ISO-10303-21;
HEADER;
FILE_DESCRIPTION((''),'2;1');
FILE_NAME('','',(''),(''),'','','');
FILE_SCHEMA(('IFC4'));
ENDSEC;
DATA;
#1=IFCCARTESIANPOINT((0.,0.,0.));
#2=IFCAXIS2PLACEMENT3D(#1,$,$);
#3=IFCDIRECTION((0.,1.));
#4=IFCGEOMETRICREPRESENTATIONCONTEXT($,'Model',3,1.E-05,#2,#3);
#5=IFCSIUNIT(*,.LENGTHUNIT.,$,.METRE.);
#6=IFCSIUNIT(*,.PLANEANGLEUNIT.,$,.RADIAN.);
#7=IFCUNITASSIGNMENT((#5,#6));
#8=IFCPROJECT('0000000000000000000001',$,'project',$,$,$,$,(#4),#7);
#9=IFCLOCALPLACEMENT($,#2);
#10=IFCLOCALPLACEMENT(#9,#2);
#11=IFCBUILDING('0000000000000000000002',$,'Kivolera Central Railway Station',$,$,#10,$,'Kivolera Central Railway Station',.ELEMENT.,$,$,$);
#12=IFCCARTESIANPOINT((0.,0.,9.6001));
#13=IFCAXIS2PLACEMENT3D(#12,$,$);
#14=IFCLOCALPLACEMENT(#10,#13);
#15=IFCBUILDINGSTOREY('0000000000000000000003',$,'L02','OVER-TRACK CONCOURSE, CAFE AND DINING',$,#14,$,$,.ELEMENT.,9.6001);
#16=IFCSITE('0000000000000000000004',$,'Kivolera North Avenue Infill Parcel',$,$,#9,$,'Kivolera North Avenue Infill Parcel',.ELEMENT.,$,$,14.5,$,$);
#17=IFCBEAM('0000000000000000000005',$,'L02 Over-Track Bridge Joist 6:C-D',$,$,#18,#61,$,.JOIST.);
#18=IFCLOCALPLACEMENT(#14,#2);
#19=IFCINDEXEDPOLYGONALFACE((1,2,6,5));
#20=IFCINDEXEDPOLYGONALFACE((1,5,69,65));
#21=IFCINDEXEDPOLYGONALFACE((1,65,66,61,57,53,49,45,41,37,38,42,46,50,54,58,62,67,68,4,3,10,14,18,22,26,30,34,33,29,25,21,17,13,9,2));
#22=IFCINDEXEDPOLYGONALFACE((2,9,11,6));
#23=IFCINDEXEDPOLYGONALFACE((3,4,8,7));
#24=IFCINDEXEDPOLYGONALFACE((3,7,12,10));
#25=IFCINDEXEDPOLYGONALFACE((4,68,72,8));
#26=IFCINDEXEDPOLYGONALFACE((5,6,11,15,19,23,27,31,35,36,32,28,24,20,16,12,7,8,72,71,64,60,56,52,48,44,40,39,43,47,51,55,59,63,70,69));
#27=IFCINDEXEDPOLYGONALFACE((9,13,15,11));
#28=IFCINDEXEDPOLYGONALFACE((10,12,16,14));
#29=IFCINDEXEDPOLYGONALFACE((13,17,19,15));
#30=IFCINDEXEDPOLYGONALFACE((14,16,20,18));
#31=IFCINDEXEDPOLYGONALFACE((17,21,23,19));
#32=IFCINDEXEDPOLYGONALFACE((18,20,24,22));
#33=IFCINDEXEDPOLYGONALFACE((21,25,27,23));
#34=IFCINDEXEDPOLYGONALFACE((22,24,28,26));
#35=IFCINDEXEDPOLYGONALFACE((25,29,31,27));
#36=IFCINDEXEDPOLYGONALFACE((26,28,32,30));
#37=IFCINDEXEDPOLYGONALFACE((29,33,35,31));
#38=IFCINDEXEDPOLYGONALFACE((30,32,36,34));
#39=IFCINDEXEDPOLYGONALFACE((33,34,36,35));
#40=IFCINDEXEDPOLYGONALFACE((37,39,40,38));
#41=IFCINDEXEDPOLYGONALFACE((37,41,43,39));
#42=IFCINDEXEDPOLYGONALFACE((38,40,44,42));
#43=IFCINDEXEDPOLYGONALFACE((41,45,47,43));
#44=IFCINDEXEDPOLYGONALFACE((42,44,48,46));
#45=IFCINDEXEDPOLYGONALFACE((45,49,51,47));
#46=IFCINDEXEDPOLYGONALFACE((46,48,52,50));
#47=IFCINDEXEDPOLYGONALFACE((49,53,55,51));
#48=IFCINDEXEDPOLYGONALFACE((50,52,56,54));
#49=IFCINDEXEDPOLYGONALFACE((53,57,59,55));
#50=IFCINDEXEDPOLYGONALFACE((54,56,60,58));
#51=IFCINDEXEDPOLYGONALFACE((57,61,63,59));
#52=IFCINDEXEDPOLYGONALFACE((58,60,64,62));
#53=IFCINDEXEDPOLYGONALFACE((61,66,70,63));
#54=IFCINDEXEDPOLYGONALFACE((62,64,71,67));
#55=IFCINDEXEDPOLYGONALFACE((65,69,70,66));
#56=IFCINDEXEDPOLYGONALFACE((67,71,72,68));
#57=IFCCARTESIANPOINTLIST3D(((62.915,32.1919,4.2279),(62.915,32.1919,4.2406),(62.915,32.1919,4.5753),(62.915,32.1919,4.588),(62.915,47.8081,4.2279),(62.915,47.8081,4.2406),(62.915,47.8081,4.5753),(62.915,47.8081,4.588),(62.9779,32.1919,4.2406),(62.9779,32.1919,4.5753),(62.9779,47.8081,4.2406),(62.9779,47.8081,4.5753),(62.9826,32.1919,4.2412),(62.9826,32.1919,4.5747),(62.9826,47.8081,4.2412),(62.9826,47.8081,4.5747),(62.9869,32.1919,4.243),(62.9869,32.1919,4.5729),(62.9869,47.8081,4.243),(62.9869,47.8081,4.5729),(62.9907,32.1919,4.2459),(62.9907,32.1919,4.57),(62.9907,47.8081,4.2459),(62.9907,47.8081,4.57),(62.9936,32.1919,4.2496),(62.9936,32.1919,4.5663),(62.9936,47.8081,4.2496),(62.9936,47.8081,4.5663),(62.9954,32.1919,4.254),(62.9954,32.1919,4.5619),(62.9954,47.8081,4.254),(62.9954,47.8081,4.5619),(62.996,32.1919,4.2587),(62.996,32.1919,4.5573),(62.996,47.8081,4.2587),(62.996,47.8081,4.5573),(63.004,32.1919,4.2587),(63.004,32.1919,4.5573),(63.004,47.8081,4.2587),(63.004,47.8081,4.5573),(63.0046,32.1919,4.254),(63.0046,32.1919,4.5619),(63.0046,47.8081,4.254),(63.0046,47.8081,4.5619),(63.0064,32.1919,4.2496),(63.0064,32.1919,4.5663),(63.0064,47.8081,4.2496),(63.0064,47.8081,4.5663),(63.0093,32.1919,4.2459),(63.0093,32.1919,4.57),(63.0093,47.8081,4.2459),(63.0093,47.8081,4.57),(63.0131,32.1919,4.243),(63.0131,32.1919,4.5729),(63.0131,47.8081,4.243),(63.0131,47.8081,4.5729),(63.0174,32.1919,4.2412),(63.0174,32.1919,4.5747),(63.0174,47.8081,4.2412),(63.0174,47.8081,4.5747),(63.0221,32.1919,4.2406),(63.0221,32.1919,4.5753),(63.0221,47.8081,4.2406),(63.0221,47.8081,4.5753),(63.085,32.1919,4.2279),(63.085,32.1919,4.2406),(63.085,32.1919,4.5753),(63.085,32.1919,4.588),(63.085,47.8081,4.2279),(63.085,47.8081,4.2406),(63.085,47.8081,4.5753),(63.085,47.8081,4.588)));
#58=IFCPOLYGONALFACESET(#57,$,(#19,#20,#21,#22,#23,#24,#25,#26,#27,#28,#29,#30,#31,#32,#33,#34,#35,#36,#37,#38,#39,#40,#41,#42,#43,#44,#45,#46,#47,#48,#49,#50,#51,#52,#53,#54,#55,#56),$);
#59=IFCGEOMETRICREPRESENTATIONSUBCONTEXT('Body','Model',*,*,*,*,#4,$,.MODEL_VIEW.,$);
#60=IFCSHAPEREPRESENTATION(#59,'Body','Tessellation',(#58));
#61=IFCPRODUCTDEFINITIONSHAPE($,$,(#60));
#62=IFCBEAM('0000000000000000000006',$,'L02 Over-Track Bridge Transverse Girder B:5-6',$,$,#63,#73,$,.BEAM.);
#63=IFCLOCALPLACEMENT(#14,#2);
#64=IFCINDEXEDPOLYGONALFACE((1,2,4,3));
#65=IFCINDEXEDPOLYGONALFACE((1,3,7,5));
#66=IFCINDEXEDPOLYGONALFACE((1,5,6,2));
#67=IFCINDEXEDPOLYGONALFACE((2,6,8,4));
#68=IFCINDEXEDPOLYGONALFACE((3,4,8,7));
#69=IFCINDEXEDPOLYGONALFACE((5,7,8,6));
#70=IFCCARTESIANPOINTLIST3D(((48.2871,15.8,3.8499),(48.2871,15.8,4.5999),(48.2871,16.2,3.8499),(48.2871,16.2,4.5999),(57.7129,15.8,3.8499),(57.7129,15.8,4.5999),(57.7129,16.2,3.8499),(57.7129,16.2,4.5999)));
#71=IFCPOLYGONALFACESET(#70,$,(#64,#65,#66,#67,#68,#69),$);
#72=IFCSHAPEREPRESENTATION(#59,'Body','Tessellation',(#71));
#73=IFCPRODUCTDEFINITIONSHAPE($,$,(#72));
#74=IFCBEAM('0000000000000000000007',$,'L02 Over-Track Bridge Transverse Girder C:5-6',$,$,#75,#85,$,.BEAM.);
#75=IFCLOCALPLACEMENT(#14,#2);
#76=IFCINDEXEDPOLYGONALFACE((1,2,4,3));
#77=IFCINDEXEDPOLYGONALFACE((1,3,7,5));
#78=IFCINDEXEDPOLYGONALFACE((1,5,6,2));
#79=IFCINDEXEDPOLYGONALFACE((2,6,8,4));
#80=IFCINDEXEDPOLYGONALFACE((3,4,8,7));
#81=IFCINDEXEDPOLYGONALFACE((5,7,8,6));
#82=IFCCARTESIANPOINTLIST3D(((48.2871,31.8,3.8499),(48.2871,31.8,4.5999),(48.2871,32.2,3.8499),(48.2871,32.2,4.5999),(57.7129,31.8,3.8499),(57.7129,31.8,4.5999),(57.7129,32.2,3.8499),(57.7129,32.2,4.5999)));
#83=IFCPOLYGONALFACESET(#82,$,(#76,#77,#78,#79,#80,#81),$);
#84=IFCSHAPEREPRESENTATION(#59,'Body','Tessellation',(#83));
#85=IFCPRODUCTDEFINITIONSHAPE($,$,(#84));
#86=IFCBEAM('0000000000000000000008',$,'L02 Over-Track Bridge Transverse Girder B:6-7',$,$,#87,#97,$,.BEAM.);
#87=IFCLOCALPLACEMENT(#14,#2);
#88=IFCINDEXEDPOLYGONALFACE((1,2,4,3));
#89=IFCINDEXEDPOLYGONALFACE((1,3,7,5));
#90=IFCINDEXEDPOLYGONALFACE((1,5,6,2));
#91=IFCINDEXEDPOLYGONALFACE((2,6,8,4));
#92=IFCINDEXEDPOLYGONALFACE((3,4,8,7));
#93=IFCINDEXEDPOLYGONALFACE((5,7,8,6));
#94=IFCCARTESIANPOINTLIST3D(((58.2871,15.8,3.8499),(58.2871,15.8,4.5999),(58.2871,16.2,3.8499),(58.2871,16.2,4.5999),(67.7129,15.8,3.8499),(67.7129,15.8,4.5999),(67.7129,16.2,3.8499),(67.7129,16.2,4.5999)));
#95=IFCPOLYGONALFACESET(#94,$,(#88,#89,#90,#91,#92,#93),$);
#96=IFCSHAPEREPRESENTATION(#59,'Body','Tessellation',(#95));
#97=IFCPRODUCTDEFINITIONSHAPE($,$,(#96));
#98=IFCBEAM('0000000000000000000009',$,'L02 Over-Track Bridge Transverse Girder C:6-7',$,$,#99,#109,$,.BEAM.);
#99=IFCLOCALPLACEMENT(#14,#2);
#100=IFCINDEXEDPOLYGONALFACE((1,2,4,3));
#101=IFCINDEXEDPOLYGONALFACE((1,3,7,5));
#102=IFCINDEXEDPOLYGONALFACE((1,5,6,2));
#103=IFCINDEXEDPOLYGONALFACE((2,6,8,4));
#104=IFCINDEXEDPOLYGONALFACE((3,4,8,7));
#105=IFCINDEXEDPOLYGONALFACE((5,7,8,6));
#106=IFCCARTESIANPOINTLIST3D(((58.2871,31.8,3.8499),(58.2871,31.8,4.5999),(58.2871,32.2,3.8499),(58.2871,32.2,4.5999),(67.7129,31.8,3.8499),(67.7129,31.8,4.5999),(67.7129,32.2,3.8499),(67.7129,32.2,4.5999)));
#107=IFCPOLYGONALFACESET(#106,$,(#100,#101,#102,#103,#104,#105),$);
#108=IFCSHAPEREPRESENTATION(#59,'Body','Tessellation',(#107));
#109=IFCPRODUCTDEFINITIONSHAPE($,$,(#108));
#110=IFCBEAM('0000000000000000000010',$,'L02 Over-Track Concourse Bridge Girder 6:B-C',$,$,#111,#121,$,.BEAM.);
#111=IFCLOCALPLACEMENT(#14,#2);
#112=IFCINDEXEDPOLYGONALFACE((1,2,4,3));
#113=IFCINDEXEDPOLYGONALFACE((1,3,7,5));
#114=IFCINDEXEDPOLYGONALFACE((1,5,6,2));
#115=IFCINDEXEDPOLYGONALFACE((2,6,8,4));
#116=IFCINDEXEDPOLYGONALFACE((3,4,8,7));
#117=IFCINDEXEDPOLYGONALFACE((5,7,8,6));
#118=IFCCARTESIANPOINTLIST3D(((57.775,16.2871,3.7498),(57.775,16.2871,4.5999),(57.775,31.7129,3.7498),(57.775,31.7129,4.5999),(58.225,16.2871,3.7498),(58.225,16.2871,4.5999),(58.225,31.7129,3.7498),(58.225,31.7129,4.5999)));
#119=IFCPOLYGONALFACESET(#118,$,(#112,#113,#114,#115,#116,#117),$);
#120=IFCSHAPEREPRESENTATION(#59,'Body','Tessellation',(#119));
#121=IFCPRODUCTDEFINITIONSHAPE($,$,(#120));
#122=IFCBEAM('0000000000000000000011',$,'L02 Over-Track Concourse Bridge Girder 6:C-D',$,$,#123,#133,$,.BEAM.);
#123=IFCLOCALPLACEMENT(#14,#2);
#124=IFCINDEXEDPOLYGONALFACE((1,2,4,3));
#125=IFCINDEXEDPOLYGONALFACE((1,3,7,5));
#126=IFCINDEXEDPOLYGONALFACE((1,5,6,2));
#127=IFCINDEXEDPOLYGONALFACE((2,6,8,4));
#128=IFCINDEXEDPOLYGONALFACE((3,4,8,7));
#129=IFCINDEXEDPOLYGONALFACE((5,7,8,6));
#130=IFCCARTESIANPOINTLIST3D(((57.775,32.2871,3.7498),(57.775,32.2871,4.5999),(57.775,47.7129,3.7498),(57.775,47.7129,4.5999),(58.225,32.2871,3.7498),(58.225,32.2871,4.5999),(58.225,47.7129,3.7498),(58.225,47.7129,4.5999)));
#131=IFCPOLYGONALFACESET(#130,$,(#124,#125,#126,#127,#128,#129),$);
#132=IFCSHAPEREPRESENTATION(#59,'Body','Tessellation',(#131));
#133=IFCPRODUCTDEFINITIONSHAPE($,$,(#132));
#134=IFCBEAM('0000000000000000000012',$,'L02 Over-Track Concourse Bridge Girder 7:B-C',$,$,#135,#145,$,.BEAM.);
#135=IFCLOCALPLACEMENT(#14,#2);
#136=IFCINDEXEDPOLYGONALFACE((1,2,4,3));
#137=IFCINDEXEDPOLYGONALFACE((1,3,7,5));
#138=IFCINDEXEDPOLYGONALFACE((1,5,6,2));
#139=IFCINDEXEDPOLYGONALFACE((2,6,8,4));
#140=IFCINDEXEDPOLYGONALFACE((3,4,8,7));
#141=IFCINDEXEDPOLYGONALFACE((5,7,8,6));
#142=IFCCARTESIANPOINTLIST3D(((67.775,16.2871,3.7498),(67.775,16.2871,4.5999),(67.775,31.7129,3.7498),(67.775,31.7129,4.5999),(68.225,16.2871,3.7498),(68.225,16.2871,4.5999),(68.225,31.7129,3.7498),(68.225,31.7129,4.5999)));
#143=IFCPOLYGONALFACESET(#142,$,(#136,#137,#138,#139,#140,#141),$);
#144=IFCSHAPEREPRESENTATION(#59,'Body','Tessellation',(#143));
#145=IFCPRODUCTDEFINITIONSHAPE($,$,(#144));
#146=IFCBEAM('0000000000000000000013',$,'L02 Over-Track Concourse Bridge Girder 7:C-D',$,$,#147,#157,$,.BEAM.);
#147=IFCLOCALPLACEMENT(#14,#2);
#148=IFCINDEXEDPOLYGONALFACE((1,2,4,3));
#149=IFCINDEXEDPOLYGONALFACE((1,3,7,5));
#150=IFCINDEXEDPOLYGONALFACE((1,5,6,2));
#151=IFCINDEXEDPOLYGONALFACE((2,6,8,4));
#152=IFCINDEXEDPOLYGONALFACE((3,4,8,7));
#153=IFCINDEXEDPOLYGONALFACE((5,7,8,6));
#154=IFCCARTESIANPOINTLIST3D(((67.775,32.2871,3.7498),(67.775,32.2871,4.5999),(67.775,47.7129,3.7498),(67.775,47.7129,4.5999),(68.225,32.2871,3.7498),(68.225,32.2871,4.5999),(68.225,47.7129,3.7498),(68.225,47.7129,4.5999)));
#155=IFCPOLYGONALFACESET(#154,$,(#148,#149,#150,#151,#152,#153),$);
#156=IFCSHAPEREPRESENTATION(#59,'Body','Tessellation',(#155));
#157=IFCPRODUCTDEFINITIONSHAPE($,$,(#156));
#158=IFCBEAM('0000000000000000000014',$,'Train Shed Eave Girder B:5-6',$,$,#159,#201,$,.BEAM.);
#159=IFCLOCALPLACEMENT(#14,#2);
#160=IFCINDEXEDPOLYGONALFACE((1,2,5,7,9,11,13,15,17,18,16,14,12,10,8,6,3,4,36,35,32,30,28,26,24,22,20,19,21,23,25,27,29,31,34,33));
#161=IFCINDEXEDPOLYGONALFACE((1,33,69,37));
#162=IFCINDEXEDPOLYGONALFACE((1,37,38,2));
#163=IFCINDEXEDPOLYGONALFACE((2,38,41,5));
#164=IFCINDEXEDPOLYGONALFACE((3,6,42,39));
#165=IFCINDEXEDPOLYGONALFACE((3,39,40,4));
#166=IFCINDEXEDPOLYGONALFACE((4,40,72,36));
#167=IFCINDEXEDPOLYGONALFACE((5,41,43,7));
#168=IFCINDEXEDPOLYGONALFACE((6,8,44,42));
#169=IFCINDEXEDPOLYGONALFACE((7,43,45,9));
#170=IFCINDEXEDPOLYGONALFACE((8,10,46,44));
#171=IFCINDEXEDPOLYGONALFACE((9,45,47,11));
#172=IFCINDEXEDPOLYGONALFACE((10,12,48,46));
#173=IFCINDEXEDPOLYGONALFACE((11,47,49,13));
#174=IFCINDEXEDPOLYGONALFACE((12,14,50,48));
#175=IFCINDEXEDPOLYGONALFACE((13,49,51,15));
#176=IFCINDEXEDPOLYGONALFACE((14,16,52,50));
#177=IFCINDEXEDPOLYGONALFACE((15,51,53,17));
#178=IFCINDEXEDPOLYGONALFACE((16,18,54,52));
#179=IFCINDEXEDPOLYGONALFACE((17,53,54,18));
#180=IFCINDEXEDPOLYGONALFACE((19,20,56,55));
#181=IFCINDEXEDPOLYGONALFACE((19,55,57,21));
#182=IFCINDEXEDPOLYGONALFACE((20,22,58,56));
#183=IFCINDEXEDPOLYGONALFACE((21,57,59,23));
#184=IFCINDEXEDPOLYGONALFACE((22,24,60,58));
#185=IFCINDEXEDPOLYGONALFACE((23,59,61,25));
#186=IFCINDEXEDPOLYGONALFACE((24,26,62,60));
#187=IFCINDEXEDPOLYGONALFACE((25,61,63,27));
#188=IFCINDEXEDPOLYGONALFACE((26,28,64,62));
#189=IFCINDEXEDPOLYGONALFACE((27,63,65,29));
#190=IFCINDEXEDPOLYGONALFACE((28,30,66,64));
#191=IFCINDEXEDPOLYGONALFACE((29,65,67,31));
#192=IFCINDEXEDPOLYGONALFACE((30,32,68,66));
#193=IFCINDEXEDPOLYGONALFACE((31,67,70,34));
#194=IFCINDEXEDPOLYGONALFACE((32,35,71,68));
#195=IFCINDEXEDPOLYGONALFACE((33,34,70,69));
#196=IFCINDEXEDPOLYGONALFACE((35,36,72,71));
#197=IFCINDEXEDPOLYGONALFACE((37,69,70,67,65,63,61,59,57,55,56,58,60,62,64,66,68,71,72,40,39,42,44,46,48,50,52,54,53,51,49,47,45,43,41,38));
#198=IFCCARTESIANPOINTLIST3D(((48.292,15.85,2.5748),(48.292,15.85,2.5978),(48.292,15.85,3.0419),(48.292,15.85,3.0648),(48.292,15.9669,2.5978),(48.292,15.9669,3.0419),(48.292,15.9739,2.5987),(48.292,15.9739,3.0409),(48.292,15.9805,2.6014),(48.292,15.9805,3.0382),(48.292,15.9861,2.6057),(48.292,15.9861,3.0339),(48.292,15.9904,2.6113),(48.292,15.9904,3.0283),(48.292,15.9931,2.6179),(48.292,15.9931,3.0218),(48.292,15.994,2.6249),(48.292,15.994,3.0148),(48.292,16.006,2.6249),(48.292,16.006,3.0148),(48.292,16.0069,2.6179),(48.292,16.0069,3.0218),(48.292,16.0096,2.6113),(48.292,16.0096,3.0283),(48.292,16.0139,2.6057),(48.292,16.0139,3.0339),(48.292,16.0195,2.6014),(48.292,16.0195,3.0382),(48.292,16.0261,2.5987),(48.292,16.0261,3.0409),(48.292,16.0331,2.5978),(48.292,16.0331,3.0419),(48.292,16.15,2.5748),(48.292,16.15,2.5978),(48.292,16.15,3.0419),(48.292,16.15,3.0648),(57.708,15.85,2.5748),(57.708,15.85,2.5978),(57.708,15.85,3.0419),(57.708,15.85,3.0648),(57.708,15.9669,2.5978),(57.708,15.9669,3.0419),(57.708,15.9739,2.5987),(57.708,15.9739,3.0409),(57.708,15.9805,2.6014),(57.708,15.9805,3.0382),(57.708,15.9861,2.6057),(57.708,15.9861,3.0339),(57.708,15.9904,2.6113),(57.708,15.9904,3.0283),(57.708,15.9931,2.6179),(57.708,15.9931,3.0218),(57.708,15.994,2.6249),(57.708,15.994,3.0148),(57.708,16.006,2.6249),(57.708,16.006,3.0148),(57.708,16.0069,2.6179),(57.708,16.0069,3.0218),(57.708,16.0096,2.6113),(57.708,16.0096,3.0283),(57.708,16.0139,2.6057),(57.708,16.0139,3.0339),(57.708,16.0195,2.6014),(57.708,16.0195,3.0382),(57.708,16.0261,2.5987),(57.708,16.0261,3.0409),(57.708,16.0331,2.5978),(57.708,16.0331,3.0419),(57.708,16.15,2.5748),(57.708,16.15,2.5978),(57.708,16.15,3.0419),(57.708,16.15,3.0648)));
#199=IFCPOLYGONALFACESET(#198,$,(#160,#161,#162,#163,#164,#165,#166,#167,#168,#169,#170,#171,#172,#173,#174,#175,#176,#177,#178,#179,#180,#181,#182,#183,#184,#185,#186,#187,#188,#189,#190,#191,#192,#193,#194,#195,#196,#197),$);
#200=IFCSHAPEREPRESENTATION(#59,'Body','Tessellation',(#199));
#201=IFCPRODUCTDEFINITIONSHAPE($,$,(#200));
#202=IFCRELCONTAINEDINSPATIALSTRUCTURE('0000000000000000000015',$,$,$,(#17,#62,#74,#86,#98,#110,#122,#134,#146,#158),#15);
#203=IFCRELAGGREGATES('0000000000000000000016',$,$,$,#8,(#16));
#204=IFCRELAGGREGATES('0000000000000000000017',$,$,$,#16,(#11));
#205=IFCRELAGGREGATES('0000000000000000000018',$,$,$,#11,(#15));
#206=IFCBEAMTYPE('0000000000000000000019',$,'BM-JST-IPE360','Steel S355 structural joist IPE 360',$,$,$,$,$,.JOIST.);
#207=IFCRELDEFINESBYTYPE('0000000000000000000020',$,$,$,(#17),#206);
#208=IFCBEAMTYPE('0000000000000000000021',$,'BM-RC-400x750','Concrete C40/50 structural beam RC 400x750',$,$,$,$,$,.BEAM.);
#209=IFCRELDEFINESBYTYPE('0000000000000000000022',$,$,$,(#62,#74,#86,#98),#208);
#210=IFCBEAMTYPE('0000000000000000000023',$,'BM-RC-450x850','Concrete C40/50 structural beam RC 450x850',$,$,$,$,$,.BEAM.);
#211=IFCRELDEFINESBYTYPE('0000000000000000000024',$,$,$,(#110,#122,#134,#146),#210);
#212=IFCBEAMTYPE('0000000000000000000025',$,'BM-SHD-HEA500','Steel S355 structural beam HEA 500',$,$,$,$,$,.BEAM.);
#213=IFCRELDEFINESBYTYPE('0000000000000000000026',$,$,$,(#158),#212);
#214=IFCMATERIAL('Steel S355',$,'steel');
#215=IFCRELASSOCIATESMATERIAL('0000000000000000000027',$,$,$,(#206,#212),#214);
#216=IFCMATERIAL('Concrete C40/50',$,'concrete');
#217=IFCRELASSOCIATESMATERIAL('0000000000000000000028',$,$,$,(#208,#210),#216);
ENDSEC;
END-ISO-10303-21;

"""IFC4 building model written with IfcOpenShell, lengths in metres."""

from ifc_helpers import new_model, si_unit, direction, frame, origin, origin_2d, place, context, subcontext, project, spatial, rectangle, i_section, extrude, material, material_profile, profile_set, type_object, element, save


model = new_model("IFC4")

# Units and contexts
model_context = context("Model", 3, precision=1e-05, world=origin(), true_north=direction((0.0, 1.0)))
body_context = subcontext(model_context, "Body", "Model", "MODEL_VIEW")
ifc_project = project(units=[si_unit("LENGTHUNIT", "METRE"), si_unit("PLANEANGLEUNIT", "RADIAN")], contexts=[model_context])

# Site, building, storey
site_placement = place(None, origin())
site = spatial("IfcSite", under=ifc_project, at=site_placement, Name="Kivolera North Avenue Infill Parcel", LongName="Kivolera North Avenue Infill Parcel", CompositionType="ELEMENT", RefElevation=14.5)
building_placement = place(site_placement, origin())
building = spatial("IfcBuilding", under=site, at=building_placement, Name="Kivolera Central Railway Station", LongName="Kivolera Central Railway Station", CompositionType="ELEMENT")
storey_placement = place(building_placement, frame((0.0, 0.0, 9.6001)))
storey = spatial("IfcBuildingStorey", under=building, at=storey_placement, Name="L02", Description="OVER-TRACK CONCOURSE, CAFE AND DINING", CompositionType="ELEMENT", Elevation=9.6001)

# Shared definitions
ifc_material_1 = material(Name="Concrete C40/50", Category="concrete")

# Beams
ifc_material_2 = material(Name="Steel S355", Category="steel")
ifc_material_profile_1 = material_profile(ifc_material_2, i_section(OverallWidth=0.1699, OverallDepth=0.3601, WebThickness=0.0081, FlangeThickness=0.0127, FilletRadius=0.0181, at=origin_2d()), Name="IPE 360")
ifc_profile_set_1 = profile_set([ifc_material_profile_1], Name="Steel S355")
beam_type_1 = type_object("IfcBeamType", Name="BM-JST-IPE360", Description="Steel S355 structural joist IPE 360", PredefinedType="JOIST", material=ifc_profile_set_1)
for number, where, z_axis, x_axis, name in (
    (1, (63.0, 32.1919, 4.408), (0.0, 1.0, 0.0), (-1.0, 0.0, 0.0), "L02 Over-Track Bridge Joist 6:C-D"),
):
    element("IfcBeam", number, at=place(storey_placement, frame(where, z_axis=z_axis, x_axis=x_axis)), inside=storey, type_object=beam_type_1, Name=name, PredefinedType="JOIST", context=body_context, shape_type="SweptSolid", body=[
        extrude(i_section(OverallWidth=0.1699, OverallDepth=0.3601, WebThickness=0.0081, FlangeThickness=0.0127, FilletRadius=0.0181, at=origin_2d()), origin(), (0.0, 0.0, 1.0), 15.6162),
    ])
ifc_material_profile_2 = material_profile(ifc_material_1, rectangle(XDim=0.3999, YDim=0.75, at=origin_2d()), Name="RC 400x750")
ifc_profile_set_2 = profile_set([ifc_material_profile_2], Name="Concrete C40/50")
beam_type_2 = type_object("IfcBeamType", Name="BM-RC-400x750", Description="Concrete C40/50 structural beam RC 400x750", PredefinedType="BEAM", material=ifc_profile_set_2)
for number, where, z_axis, x_axis, name in (
    (2, (48.2871, 16.0, 4.2249), (1.0, 0.0, 0.0), (0.0, 1.0, 0.0), "L02 Over-Track Bridge Transverse Girder B:5-6"),
    (3, (48.2871, 32.0, 4.2249), (1.0, 0.0, 0.0), (0.0, 1.0, 0.0), "L02 Over-Track Bridge Transverse Girder C:5-6"),
    (4, (58.2871, 16.0, 4.2249), (1.0, 0.0, 0.0), (0.0, 1.0, 0.0), "L02 Over-Track Bridge Transverse Girder B:6-7"),
    (5, (58.2871, 32.0, 4.2249), (1.0, 0.0, 0.0), (0.0, 1.0, 0.0), "L02 Over-Track Bridge Transverse Girder C:6-7"),
):
    element("IfcBeam", number, at=place(storey_placement, frame(where, z_axis=z_axis, x_axis=x_axis)), inside=storey, type_object=beam_type_2, Name=name, PredefinedType="BEAM", context=body_context, shape_type="SweptSolid", body=[
        extrude(rectangle(XDim=0.3999, YDim=0.75, at=origin_2d()), origin(), (0.0, 0.0, 1.0), 9.4258),
    ])
ifc_material_profile_3 = material_profile(ifc_material_1, rectangle(XDim=0.45, YDim=0.8501, at=origin_2d()), Name="RC 450x850")
ifc_profile_set_3 = profile_set([ifc_material_profile_3], Name="Concrete C40/50")
beam_type_3 = type_object("IfcBeamType", Name="BM-RC-450x850", Description="Concrete C40/50 structural beam RC 450x850", PredefinedType="BEAM", material=ifc_profile_set_3)
for number, where, z_axis, x_axis, name in (
    (6, (58.0, 16.2871, 4.1748), (0.0, 1.0, 0.0), (-1.0, 0.0, 0.0), "L02 Over-Track Concourse Bridge Girder 6:B-C"),
    (7, (58.0, 32.2871, 4.1748), (0.0, 1.0, 0.0), (-1.0, 0.0, 0.0), "L02 Over-Track Concourse Bridge Girder 6:C-D"),
    (8, (68.0, 16.2871, 4.1748), (0.0, 1.0, 0.0), (-1.0, 0.0, 0.0), "L02 Over-Track Concourse Bridge Girder 7:B-C"),
    (9, (68.0, 32.2871, 4.1748), (0.0, 1.0, 0.0), (-1.0, 0.0, 0.0), "L02 Over-Track Concourse Bridge Girder 7:C-D"),
):
    element("IfcBeam", number, at=place(storey_placement, frame(where, z_axis=z_axis, x_axis=x_axis)), inside=storey, type_object=beam_type_3, Name=name, PredefinedType="BEAM", context=body_context, shape_type="SweptSolid", body=[
        extrude(rectangle(XDim=0.45, YDim=0.8501, at=origin_2d()), origin(), (0.0, 0.0, 1.0), 15.4258),
    ])
ifc_material_profile_4 = material_profile(ifc_material_2, i_section(OverallWidth=0.3, OverallDepth=0.49, WebThickness=0.012, FlangeThickness=0.0229, FilletRadius=0.0271, at=origin_2d()), Name="HEA 500")
ifc_profile_set_4 = profile_set([ifc_material_profile_4], Name="Steel S355")
beam_type_4 = type_object("IfcBeamType", Name="BM-SHD-HEA500", Description="Steel S355 structural beam HEA 500", PredefinedType="BEAM", material=ifc_profile_set_4)
for number, where, z_axis, x_axis, name in (
    (10, (48.292, 16.0, 2.8198), (1.0, 0.0, 0.0), (0.0, 1.0, 0.0), "Train Shed Eave Girder B:5-6"),
):
    element("IfcBeam", number, at=place(storey_placement, frame(where, z_axis=z_axis, x_axis=x_axis)), inside=storey, type_object=beam_type_4, Name=name, PredefinedType="BEAM", context=body_context, shape_type="SweptSolid", body=[
        extrude(i_section(OverallWidth=0.3, OverallDepth=0.49, WebThickness=0.012, FlangeThickness=0.0229, FilletRadius=0.0271, at=origin_2d()), origin(), (0.0, 0.0, 1.0), 9.416),
    ])

save(model, "model.ifc")
